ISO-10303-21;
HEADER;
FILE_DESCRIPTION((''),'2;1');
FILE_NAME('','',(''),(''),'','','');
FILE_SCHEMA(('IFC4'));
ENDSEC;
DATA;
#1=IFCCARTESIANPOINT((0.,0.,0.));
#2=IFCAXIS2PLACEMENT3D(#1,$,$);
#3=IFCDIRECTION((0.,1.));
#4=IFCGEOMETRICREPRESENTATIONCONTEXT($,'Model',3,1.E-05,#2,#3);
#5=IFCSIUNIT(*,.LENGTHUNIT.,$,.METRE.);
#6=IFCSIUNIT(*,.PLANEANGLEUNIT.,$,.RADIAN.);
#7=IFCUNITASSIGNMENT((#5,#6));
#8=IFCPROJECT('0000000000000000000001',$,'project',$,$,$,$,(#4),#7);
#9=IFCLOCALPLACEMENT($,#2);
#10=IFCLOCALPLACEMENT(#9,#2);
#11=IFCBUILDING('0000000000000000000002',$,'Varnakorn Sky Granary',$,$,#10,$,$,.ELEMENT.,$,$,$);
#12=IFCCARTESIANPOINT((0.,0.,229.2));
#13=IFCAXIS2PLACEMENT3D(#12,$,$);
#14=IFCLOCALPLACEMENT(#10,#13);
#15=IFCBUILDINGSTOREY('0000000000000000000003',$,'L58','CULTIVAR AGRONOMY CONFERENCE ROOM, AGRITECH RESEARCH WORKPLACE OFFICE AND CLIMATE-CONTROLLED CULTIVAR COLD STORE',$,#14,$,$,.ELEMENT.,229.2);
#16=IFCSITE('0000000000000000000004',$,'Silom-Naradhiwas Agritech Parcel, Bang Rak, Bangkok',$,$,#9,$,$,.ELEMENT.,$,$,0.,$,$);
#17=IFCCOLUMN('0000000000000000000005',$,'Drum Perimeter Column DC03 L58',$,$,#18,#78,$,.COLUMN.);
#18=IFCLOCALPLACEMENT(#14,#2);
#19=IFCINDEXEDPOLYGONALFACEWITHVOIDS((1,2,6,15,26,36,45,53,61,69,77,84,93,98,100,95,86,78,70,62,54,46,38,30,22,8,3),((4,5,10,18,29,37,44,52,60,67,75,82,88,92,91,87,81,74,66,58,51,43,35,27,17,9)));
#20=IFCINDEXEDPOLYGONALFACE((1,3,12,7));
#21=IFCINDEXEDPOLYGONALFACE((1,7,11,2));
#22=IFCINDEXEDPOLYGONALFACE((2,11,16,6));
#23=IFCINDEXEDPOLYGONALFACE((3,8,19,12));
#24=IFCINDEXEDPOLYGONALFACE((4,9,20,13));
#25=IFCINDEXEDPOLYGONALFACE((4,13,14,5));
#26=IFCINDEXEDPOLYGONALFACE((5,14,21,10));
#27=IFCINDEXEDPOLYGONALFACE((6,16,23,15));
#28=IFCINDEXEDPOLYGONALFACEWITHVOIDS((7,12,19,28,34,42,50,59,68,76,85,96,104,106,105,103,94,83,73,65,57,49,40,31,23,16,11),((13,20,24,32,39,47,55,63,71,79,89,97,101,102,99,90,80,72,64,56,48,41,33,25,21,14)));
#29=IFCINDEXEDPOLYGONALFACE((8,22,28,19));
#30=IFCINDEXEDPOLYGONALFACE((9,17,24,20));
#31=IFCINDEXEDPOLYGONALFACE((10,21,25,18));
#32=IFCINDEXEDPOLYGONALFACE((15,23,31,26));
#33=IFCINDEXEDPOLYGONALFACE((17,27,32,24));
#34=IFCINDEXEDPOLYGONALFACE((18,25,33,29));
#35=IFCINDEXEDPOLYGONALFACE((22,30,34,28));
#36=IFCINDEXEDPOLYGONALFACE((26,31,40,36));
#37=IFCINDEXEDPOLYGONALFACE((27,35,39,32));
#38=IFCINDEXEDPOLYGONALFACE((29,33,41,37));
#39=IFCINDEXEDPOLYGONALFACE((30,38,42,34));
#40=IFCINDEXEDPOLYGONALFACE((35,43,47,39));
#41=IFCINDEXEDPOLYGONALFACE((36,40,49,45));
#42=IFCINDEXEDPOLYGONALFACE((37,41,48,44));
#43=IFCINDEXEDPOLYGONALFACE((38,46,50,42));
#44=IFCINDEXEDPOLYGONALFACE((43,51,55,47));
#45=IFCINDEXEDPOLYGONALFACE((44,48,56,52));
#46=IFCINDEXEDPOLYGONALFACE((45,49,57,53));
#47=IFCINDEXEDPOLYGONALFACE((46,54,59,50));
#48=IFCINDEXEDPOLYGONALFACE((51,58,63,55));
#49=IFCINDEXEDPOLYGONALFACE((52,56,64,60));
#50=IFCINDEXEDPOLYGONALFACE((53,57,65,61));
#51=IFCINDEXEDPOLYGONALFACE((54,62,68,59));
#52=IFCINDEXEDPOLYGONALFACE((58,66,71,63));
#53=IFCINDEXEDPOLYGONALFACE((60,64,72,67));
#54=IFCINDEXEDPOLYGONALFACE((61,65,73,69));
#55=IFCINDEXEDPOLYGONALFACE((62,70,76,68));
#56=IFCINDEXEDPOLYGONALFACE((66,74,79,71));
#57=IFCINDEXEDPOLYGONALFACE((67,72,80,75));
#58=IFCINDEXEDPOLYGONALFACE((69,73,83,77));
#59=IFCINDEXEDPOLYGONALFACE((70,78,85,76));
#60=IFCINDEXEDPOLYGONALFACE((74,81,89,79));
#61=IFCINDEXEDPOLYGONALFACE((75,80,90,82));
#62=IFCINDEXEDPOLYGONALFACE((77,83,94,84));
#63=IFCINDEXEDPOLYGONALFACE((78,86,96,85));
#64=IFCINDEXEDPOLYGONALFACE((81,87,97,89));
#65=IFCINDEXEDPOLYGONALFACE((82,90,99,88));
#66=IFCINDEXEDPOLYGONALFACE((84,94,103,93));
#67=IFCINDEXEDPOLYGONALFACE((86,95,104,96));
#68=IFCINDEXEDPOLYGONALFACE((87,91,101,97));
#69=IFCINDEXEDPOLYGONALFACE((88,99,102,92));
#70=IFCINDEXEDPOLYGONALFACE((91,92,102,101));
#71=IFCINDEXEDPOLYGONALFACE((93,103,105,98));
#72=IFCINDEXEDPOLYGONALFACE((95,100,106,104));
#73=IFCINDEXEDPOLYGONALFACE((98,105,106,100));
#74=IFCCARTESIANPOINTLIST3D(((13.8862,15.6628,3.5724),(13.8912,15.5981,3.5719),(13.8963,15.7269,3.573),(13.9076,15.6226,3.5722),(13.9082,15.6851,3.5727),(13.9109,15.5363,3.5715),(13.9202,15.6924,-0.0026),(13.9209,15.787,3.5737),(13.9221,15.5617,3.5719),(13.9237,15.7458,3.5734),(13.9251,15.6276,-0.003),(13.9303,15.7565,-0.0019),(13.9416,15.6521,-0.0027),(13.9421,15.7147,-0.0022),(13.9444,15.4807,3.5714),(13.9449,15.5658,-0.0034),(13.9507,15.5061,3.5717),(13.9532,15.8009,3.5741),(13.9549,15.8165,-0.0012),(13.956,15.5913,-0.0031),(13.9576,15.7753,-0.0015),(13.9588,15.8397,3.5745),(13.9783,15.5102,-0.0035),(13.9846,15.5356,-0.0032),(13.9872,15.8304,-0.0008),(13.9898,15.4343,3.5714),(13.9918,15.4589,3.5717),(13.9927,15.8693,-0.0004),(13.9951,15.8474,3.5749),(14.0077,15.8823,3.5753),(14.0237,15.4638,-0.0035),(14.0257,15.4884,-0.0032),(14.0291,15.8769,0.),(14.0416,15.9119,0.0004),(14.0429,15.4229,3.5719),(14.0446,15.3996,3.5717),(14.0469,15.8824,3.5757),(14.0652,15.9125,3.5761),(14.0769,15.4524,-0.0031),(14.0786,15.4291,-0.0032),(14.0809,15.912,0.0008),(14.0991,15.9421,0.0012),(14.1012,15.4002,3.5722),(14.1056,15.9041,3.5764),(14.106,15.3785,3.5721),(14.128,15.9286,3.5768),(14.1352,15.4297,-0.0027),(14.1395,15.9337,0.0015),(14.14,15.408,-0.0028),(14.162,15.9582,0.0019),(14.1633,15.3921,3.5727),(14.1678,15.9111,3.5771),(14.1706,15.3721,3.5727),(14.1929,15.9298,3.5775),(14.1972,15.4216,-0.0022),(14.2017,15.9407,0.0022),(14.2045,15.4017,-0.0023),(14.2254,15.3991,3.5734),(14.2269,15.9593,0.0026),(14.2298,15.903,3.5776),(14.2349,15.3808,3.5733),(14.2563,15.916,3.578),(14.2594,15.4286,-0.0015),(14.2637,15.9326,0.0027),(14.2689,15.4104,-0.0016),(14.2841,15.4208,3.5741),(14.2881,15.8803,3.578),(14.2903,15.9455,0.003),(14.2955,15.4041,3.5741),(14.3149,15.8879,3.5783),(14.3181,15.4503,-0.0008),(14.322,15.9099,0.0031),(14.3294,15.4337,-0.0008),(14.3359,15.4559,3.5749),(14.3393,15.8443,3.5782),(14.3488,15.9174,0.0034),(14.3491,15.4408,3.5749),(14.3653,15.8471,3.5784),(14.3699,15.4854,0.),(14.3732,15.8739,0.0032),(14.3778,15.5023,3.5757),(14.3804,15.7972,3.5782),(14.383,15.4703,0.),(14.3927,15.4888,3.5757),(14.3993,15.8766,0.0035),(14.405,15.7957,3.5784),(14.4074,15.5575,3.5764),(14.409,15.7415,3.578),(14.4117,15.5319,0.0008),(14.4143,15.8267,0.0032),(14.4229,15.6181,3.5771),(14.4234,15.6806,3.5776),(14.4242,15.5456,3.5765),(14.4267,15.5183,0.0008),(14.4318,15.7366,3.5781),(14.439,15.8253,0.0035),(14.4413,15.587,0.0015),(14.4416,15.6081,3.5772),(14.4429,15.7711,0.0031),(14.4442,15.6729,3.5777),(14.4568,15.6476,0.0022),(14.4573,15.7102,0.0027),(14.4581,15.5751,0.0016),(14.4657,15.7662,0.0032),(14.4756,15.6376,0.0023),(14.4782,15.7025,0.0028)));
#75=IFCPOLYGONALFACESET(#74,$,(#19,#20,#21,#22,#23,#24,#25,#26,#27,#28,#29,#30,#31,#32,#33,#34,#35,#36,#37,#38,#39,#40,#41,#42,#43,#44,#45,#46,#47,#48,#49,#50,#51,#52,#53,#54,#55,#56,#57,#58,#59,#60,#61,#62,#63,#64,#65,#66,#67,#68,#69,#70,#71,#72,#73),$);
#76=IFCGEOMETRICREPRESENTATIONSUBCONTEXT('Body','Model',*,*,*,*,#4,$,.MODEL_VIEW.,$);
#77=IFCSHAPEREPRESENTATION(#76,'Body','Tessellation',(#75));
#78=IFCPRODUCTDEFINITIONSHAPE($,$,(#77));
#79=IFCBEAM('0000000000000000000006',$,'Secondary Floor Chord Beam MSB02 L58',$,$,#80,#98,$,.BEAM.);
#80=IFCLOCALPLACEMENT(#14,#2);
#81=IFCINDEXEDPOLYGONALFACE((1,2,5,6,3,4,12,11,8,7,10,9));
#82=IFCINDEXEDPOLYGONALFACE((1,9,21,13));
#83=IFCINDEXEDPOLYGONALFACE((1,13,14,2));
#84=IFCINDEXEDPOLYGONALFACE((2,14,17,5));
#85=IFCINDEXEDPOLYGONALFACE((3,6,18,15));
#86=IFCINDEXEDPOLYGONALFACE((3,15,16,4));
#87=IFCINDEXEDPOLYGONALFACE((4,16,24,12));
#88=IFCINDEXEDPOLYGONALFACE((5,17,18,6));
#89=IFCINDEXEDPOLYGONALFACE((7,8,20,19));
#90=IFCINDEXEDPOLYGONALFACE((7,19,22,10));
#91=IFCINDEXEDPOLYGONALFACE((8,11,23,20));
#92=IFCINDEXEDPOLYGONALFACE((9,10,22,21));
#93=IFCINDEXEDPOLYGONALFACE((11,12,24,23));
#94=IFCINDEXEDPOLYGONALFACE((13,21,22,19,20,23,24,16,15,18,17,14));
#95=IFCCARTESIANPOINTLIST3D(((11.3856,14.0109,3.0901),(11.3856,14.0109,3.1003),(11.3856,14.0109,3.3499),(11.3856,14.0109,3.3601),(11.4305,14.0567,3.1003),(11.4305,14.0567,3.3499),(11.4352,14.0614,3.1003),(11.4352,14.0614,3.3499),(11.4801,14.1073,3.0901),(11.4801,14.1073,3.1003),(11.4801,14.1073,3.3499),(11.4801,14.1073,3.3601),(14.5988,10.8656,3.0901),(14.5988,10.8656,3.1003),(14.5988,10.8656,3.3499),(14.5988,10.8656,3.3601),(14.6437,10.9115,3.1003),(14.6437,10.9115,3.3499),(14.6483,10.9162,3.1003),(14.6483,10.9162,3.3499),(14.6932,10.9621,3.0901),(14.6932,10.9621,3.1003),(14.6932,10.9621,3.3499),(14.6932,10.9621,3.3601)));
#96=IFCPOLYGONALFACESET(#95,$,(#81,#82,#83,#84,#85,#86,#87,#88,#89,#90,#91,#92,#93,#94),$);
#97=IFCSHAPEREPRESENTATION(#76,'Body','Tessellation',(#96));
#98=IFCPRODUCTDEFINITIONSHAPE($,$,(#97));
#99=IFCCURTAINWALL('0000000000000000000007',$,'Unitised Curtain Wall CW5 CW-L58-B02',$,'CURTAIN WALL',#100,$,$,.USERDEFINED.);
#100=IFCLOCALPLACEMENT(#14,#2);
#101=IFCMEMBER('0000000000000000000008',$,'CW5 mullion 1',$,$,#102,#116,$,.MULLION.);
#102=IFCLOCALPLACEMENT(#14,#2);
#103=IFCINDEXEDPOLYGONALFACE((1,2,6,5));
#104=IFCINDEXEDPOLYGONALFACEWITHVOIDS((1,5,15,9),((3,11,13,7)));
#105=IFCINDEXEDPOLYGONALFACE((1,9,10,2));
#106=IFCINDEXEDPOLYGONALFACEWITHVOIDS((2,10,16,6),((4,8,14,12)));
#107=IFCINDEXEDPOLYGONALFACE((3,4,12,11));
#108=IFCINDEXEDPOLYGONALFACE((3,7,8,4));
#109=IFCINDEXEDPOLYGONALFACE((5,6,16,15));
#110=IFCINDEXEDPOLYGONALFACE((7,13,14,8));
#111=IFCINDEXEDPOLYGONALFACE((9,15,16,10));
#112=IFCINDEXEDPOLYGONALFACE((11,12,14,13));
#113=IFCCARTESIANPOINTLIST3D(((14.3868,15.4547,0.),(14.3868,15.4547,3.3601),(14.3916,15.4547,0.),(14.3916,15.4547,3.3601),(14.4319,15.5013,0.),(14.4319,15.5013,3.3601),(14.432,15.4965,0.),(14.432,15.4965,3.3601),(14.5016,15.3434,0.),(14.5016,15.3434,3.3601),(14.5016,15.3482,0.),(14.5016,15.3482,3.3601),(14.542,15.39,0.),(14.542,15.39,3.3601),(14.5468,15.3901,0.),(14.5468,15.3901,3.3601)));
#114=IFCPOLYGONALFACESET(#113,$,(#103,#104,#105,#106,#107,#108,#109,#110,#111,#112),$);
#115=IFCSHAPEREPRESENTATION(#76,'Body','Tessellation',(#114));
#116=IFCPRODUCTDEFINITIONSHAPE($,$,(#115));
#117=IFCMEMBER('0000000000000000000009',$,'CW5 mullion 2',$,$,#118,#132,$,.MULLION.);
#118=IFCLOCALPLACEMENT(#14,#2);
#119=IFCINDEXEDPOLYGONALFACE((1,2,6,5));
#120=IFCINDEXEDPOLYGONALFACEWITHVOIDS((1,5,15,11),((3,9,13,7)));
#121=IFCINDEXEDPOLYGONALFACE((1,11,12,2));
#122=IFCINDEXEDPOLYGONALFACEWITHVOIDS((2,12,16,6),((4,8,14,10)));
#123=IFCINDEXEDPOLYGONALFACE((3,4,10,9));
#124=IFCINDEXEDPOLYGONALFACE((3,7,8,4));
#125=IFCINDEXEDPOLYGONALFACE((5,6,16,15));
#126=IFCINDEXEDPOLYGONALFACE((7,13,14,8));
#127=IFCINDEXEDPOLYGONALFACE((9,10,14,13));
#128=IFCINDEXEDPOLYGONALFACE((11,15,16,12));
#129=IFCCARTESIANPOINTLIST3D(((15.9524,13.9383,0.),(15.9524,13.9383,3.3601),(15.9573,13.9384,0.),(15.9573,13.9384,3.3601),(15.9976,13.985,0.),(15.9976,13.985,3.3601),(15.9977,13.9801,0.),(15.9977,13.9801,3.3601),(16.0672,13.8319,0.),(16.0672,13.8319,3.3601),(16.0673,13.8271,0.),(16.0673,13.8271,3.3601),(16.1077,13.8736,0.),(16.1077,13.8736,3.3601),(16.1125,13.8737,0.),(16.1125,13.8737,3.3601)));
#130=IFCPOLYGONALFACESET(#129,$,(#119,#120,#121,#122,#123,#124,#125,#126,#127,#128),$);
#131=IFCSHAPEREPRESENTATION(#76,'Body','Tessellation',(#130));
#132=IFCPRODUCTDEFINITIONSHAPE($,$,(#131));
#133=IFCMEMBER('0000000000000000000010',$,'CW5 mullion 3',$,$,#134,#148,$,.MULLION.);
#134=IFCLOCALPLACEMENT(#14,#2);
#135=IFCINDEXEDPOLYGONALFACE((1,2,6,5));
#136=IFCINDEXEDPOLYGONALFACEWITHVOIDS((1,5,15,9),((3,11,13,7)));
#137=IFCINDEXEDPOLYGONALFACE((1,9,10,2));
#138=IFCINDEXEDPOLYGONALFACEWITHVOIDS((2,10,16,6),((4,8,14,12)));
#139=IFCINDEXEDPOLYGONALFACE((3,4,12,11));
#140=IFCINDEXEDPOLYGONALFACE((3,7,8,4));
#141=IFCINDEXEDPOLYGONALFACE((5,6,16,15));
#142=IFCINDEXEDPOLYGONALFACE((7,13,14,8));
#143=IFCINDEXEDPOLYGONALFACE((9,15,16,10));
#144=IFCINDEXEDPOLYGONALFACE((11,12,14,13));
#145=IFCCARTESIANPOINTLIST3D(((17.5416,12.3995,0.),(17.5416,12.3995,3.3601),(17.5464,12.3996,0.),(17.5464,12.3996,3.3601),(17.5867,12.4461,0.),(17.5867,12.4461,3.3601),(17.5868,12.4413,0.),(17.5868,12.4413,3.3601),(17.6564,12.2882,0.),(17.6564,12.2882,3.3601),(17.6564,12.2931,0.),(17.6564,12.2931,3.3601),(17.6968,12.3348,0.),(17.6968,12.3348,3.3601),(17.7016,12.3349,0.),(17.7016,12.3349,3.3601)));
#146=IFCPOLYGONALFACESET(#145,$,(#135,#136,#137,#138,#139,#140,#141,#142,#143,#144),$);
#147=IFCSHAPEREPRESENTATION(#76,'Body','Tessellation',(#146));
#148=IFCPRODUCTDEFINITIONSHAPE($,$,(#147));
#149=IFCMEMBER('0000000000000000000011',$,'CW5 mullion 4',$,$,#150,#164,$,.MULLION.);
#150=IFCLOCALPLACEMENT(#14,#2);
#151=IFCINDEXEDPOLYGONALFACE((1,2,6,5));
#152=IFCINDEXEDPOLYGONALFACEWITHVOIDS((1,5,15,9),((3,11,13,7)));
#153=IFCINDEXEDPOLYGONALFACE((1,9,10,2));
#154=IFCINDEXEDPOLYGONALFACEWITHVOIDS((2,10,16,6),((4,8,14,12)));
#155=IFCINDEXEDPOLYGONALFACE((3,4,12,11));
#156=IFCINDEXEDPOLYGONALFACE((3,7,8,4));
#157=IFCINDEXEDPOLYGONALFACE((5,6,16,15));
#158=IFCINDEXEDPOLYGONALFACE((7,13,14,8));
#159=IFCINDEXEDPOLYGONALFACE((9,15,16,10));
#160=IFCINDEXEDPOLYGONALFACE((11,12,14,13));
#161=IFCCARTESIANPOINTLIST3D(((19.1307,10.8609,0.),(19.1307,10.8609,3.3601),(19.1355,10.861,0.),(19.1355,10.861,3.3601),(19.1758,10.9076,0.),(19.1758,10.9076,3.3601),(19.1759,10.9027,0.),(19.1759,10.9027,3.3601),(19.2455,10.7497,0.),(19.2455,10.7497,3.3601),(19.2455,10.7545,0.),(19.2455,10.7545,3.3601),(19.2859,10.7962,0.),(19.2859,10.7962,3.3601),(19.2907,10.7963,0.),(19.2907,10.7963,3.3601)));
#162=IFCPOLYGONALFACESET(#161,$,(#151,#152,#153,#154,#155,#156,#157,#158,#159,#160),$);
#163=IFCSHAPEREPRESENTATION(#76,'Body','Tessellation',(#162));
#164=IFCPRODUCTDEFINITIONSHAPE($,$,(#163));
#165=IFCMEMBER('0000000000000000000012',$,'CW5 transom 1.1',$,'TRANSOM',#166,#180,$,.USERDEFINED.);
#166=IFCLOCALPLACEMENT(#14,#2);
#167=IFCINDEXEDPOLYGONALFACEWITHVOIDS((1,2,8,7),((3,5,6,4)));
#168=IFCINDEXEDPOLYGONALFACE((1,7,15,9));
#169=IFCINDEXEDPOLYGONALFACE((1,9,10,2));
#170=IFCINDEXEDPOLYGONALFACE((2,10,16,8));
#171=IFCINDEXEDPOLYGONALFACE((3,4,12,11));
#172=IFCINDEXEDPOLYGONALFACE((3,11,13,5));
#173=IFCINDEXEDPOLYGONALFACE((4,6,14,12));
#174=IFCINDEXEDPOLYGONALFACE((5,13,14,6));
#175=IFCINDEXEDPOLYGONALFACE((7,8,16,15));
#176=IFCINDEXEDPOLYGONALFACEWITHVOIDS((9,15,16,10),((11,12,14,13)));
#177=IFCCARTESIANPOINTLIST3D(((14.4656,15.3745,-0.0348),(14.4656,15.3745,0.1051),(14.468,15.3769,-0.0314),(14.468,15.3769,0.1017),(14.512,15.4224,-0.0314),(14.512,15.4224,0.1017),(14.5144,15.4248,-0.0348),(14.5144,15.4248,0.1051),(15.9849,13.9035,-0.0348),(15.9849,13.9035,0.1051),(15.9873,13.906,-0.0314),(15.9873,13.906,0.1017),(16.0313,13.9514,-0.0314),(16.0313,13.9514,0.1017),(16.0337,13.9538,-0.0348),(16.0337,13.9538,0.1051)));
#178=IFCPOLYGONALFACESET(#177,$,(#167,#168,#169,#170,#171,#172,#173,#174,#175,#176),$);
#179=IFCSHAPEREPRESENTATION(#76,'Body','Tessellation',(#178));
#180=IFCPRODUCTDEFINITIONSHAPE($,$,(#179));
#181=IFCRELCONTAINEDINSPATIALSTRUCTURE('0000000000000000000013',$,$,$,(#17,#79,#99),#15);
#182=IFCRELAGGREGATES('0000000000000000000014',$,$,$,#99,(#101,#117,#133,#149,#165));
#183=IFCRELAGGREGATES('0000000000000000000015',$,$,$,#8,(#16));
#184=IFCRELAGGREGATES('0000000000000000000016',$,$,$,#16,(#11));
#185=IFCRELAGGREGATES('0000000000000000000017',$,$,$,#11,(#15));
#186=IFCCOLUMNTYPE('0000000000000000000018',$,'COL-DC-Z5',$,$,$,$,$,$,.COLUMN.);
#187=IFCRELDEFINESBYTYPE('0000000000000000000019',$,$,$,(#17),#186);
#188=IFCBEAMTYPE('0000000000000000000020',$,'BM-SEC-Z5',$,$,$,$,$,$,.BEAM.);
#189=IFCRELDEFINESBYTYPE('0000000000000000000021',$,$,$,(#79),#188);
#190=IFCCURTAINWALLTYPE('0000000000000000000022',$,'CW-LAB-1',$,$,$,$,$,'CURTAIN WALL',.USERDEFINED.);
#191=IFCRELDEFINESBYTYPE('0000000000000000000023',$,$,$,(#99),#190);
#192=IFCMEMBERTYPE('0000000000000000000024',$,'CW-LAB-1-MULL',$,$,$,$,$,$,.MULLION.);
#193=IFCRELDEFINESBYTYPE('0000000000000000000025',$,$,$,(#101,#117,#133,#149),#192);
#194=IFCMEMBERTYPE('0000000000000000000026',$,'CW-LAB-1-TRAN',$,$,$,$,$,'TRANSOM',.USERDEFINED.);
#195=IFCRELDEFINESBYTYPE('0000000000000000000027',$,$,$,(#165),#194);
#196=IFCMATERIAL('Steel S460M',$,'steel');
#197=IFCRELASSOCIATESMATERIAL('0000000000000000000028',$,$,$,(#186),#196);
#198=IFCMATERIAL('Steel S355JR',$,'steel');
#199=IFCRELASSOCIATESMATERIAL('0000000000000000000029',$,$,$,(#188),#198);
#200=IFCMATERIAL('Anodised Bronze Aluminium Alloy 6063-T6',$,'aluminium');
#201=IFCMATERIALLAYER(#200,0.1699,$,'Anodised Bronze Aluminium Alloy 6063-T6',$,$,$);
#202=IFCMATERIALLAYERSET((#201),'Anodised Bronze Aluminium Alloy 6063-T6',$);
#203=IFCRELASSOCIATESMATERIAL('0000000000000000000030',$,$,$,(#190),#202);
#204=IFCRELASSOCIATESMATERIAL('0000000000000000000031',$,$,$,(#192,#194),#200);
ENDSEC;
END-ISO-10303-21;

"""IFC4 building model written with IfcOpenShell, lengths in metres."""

from ifc_helpers import new_model, si_unit, direction, frame, origin, origin_2d, place, context, subcontext, project, spatial, hollow_rectangle, hollow_circle, i_section, extrude, material, layer, layer_set, material_profile, profile_set, type_object, element, aggregate, save


model = new_model("IFC4")

# Units and contexts
model_context = context("Model", 3, precision=1e-05, world=origin(), true_north=direction((0.0, 1.0)))
body_context = subcontext(model_context, "Body", "Model", "MODEL_VIEW")
ifc_project = project(units=[si_unit("LENGTHUNIT", "METRE"), si_unit("PLANEANGLEUNIT", "RADIAN")], contexts=[model_context])

# Site, building, storey
site_placement = place(None, origin())
site = spatial("IfcSite", under=ifc_project, at=site_placement, Name="Silom-Naradhiwas Agritech Parcel, Bang Rak, Bangkok", CompositionType="ELEMENT", RefElevation=0.0)
building_placement = place(site_placement, origin())
building = spatial("IfcBuilding", under=site, at=building_placement, Name="Varnakorn Sky Granary", CompositionType="ELEMENT")
storey_placement = place(building_placement, frame((0.0, 0.0, 229.2)))
storey = spatial("IfcBuildingStorey", under=building, at=storey_placement, Name="L58", Description="CULTIVAR AGRONOMY CONFERENCE ROOM, AGRITECH RESEARCH WORKPLACE OFFICE AND CLIMATE-CONTROLLED CULTIVAR COLD STORE", CompositionType="ELEMENT", Elevation=229.2)

# Column
ifc_material_1 = material(Name="Steel S460M", Category="steel")
ifc_material_profile_1 = material_profile(ifc_material_1, hollow_circle(Radius=0.2795, WallThickness=0.02, at=origin_2d()), Name="CHS 559x20")
ifc_profile_set_1 = profile_set([ifc_material_profile_1], Name="Steel S460M")
column_type = type_object("IfcColumnType", Name="COL-DC-Z5", PredefinedType="COLUMN", material=ifc_profile_set_1)
column_placement = place(storey_placement, frame((14.1995, 15.6812, 0.0), z_axis=(-0.009492, -0.008263, 0.999921), x_axis=(0.656582, -0.754255, 0.0)))
element("IfcColumn", 1, at=column_placement, inside=storey, type_object=column_type, Name="Drum Perimeter Column DC03 L58", PredefinedType="COLUMN", context=body_context, shape_type="SweptSolid", body=[
    extrude(hollow_circle(Radius=0.2795, WallThickness=0.02, at=origin_2d()), origin(), (0.0, 0.0, 1.0), 3.5752),
])

# Beam
ifc_material_2 = material(Name="Steel S355JR", Category="steel")
ifc_material_profile_2 = material_profile(ifc_material_2, i_section(OverallWidth=0.135, OverallDepth=0.27, WebThickness=0.0066, FlangeThickness=0.0103, at=origin_2d()), Name="IPE 270")
ifc_profile_set_2 = profile_set([ifc_material_profile_2], Name="Steel S355JR")
beam_type = type_object("IfcBeamType", Name="BM-SEC-Z5", PredefinedType="BEAM", material=ifc_profile_set_2)
beam_placement = place(storey_placement, frame((14.646, 10.9138, 3.2251), z_axis=(-0.714614, 0.699519, 0.0), x_axis=(-0.699519, -0.714614, 0.0)))
element("IfcBeam", 2, at=beam_placement, inside=storey, type_object=beam_type, Name="Secondary Floor Chord Beam MSB02 L58", PredefinedType="BEAM", context=body_context, shape_type="SweptSolid", body=[
    extrude(i_section(OverallWidth=0.135, OverallDepth=0.27, WebThickness=0.0066, FlangeThickness=0.0103, at=origin_2d()), origin(), (0.0, 0.0, 1.0), 4.4963),
])

# Curtain wall, members
ifc_material_3 = material(Name="Anodised Bronze Aluminium Alloy 6063-T6", Category="aluminium")
ifc_layer_1 = layer(ifc_material_3, 0.1699, Name="Anodised Bronze Aluminium Alloy 6063-T6")
ifc_layer_set_1 = layer_set([ifc_layer_1], Name="Anodised Bronze Aluminium Alloy 6063-T6")
curtain_wall_type = type_object("IfcCurtainWallType", Name="CW-LAB-1", ElementType="CURTAIN WALL", PredefinedType="USERDEFINED", material=ifc_layer_set_1)
curtain_wall_placement = place(storey_placement, origin())
curtain_wall = element("IfcCurtainWall", 3, at=curtain_wall_placement, inside=storey, type_object=curtain_wall_type, Name="Unitised Curtain Wall CW5 CW-L58-B02", ObjectType="CURTAIN WALL", PredefinedType="USERDEFINED")
ifc_material_profile_3 = material_profile(ifc_material_3, hollow_rectangle(XDim=0.0649, YDim=0.1599, WallThickness=0.0034, at=origin_2d()), Name="ALU MULL 65x160")
ifc_profile_set_3 = profile_set([ifc_material_profile_3], Name="Anodised Bronze Aluminium Alloy 6063-T6")
member_type_1 = type_object("IfcMemberType", Name="CW-LAB-1-MULL", PredefinedType="MULLION", material=ifc_profile_set_3)
member_1_placement = place(storey_placement, frame((14.4668, 15.4224, 0.0), z_axis=(0.0, 0.0, 1.0), x_axis=(0.69564, 0.71839, 0.0)))
member_1 = element("IfcMember", 4, at=member_1_placement, type_object=member_type_1, Name="CW5 mullion 1", PredefinedType="MULLION", context=body_context, shape_type="SweptSolid", body=[
    extrude(hollow_rectangle(XDim=0.0649, YDim=0.1599, WallThickness=0.0034, at=origin_2d()), origin(), (0.0, 0.0, 1.0), 3.3601),
])
member_2_placement = place(storey_placement, frame((16.0325, 13.906, 0.0), z_axis=(0.0, 0.0, 1.0), x_axis=(0.69564, 0.71839, 0.0)))
member_2 = element("IfcMember", 5, at=member_2_placement, type_object=member_type_1, Name="CW5 mullion 2", PredefinedType="MULLION", context=body_context, shape_type="SweptSolid", body=[
    extrude(hollow_rectangle(XDim=0.0649, YDim=0.1599, WallThickness=0.0034, at=origin_2d()), origin(), (0.0, 0.0, 1.0), 3.3601),
])
member_3_placement = place(storey_placement, frame((17.6216, 12.3672, 0.0), z_axis=(0.0, 0.0, 1.0), x_axis=(0.69564, 0.71839, 0.0)))
member_3 = element("IfcMember", 6, at=member_3_placement, type_object=member_type_1, Name="CW5 mullion 3", PredefinedType="MULLION", context=body_context, shape_type="SweptSolid", body=[
    extrude(hollow_rectangle(XDim=0.0649, YDim=0.1599, WallThickness=0.0034, at=origin_2d()), origin(), (0.0, 0.0, 1.0), 3.3601),
])
member_4_placement = place(storey_placement, frame((19.2107, 10.8286, 0.0), z_axis=(0.0, 0.0, 1.0), x_axis=(0.69564, 0.71839, 0.0)))
member_4 = element("IfcMember", 7, at=member_4_placement, type_object=member_type_1, Name="CW5 mullion 4", PredefinedType="MULLION", context=body_context, shape_type="SweptSolid", body=[
    extrude(hollow_rectangle(XDim=0.0649, YDim=0.1599, WallThickness=0.0034, at=origin_2d()), origin(), (0.0, 0.0, 1.0), 3.3601),
])
ifc_material_profile_4 = material_profile(ifc_material_3, hollow_rectangle(XDim=0.0701, YDim=0.1399, WallThickness=0.0034, at=origin_2d()), Name="ALU TRAN 70x140")
ifc_profile_set_4 = profile_set([ifc_material_profile_4], Name="Anodised Bronze Aluminium Alloy 6063-T6")
member_type_2 = type_object("IfcMemberType", Name="CW-LAB-1-TRAN", ElementType="TRANSOM", PredefinedType="USERDEFINED", material=ifc_profile_set_4)
member_5_placement = place(storey_placement, frame((14.49, 15.3997, 0.0352), z_axis=(0.718444, -0.695585, 0.0), x_axis=(0.695585, 0.718444, 0.0)))
member_5 = element("IfcMember", 8, at=member_5_placement, type_object=member_type_2, Name="CW5 transom 1.1", ObjectType="TRANSOM", PredefinedType="USERDEFINED", context=body_context, shape_type="SweptSolid", body=[
    extrude(hollow_rectangle(XDim=0.0701, YDim=0.1399, WallThickness=0.0034, at=origin_2d()), origin(), (0.0, 0.0, 1.0), 2.1147),
])

aggregate(curtain_wall, [member_1, member_2, member_3, member_4, member_5])

save(model, "model.ifc")
